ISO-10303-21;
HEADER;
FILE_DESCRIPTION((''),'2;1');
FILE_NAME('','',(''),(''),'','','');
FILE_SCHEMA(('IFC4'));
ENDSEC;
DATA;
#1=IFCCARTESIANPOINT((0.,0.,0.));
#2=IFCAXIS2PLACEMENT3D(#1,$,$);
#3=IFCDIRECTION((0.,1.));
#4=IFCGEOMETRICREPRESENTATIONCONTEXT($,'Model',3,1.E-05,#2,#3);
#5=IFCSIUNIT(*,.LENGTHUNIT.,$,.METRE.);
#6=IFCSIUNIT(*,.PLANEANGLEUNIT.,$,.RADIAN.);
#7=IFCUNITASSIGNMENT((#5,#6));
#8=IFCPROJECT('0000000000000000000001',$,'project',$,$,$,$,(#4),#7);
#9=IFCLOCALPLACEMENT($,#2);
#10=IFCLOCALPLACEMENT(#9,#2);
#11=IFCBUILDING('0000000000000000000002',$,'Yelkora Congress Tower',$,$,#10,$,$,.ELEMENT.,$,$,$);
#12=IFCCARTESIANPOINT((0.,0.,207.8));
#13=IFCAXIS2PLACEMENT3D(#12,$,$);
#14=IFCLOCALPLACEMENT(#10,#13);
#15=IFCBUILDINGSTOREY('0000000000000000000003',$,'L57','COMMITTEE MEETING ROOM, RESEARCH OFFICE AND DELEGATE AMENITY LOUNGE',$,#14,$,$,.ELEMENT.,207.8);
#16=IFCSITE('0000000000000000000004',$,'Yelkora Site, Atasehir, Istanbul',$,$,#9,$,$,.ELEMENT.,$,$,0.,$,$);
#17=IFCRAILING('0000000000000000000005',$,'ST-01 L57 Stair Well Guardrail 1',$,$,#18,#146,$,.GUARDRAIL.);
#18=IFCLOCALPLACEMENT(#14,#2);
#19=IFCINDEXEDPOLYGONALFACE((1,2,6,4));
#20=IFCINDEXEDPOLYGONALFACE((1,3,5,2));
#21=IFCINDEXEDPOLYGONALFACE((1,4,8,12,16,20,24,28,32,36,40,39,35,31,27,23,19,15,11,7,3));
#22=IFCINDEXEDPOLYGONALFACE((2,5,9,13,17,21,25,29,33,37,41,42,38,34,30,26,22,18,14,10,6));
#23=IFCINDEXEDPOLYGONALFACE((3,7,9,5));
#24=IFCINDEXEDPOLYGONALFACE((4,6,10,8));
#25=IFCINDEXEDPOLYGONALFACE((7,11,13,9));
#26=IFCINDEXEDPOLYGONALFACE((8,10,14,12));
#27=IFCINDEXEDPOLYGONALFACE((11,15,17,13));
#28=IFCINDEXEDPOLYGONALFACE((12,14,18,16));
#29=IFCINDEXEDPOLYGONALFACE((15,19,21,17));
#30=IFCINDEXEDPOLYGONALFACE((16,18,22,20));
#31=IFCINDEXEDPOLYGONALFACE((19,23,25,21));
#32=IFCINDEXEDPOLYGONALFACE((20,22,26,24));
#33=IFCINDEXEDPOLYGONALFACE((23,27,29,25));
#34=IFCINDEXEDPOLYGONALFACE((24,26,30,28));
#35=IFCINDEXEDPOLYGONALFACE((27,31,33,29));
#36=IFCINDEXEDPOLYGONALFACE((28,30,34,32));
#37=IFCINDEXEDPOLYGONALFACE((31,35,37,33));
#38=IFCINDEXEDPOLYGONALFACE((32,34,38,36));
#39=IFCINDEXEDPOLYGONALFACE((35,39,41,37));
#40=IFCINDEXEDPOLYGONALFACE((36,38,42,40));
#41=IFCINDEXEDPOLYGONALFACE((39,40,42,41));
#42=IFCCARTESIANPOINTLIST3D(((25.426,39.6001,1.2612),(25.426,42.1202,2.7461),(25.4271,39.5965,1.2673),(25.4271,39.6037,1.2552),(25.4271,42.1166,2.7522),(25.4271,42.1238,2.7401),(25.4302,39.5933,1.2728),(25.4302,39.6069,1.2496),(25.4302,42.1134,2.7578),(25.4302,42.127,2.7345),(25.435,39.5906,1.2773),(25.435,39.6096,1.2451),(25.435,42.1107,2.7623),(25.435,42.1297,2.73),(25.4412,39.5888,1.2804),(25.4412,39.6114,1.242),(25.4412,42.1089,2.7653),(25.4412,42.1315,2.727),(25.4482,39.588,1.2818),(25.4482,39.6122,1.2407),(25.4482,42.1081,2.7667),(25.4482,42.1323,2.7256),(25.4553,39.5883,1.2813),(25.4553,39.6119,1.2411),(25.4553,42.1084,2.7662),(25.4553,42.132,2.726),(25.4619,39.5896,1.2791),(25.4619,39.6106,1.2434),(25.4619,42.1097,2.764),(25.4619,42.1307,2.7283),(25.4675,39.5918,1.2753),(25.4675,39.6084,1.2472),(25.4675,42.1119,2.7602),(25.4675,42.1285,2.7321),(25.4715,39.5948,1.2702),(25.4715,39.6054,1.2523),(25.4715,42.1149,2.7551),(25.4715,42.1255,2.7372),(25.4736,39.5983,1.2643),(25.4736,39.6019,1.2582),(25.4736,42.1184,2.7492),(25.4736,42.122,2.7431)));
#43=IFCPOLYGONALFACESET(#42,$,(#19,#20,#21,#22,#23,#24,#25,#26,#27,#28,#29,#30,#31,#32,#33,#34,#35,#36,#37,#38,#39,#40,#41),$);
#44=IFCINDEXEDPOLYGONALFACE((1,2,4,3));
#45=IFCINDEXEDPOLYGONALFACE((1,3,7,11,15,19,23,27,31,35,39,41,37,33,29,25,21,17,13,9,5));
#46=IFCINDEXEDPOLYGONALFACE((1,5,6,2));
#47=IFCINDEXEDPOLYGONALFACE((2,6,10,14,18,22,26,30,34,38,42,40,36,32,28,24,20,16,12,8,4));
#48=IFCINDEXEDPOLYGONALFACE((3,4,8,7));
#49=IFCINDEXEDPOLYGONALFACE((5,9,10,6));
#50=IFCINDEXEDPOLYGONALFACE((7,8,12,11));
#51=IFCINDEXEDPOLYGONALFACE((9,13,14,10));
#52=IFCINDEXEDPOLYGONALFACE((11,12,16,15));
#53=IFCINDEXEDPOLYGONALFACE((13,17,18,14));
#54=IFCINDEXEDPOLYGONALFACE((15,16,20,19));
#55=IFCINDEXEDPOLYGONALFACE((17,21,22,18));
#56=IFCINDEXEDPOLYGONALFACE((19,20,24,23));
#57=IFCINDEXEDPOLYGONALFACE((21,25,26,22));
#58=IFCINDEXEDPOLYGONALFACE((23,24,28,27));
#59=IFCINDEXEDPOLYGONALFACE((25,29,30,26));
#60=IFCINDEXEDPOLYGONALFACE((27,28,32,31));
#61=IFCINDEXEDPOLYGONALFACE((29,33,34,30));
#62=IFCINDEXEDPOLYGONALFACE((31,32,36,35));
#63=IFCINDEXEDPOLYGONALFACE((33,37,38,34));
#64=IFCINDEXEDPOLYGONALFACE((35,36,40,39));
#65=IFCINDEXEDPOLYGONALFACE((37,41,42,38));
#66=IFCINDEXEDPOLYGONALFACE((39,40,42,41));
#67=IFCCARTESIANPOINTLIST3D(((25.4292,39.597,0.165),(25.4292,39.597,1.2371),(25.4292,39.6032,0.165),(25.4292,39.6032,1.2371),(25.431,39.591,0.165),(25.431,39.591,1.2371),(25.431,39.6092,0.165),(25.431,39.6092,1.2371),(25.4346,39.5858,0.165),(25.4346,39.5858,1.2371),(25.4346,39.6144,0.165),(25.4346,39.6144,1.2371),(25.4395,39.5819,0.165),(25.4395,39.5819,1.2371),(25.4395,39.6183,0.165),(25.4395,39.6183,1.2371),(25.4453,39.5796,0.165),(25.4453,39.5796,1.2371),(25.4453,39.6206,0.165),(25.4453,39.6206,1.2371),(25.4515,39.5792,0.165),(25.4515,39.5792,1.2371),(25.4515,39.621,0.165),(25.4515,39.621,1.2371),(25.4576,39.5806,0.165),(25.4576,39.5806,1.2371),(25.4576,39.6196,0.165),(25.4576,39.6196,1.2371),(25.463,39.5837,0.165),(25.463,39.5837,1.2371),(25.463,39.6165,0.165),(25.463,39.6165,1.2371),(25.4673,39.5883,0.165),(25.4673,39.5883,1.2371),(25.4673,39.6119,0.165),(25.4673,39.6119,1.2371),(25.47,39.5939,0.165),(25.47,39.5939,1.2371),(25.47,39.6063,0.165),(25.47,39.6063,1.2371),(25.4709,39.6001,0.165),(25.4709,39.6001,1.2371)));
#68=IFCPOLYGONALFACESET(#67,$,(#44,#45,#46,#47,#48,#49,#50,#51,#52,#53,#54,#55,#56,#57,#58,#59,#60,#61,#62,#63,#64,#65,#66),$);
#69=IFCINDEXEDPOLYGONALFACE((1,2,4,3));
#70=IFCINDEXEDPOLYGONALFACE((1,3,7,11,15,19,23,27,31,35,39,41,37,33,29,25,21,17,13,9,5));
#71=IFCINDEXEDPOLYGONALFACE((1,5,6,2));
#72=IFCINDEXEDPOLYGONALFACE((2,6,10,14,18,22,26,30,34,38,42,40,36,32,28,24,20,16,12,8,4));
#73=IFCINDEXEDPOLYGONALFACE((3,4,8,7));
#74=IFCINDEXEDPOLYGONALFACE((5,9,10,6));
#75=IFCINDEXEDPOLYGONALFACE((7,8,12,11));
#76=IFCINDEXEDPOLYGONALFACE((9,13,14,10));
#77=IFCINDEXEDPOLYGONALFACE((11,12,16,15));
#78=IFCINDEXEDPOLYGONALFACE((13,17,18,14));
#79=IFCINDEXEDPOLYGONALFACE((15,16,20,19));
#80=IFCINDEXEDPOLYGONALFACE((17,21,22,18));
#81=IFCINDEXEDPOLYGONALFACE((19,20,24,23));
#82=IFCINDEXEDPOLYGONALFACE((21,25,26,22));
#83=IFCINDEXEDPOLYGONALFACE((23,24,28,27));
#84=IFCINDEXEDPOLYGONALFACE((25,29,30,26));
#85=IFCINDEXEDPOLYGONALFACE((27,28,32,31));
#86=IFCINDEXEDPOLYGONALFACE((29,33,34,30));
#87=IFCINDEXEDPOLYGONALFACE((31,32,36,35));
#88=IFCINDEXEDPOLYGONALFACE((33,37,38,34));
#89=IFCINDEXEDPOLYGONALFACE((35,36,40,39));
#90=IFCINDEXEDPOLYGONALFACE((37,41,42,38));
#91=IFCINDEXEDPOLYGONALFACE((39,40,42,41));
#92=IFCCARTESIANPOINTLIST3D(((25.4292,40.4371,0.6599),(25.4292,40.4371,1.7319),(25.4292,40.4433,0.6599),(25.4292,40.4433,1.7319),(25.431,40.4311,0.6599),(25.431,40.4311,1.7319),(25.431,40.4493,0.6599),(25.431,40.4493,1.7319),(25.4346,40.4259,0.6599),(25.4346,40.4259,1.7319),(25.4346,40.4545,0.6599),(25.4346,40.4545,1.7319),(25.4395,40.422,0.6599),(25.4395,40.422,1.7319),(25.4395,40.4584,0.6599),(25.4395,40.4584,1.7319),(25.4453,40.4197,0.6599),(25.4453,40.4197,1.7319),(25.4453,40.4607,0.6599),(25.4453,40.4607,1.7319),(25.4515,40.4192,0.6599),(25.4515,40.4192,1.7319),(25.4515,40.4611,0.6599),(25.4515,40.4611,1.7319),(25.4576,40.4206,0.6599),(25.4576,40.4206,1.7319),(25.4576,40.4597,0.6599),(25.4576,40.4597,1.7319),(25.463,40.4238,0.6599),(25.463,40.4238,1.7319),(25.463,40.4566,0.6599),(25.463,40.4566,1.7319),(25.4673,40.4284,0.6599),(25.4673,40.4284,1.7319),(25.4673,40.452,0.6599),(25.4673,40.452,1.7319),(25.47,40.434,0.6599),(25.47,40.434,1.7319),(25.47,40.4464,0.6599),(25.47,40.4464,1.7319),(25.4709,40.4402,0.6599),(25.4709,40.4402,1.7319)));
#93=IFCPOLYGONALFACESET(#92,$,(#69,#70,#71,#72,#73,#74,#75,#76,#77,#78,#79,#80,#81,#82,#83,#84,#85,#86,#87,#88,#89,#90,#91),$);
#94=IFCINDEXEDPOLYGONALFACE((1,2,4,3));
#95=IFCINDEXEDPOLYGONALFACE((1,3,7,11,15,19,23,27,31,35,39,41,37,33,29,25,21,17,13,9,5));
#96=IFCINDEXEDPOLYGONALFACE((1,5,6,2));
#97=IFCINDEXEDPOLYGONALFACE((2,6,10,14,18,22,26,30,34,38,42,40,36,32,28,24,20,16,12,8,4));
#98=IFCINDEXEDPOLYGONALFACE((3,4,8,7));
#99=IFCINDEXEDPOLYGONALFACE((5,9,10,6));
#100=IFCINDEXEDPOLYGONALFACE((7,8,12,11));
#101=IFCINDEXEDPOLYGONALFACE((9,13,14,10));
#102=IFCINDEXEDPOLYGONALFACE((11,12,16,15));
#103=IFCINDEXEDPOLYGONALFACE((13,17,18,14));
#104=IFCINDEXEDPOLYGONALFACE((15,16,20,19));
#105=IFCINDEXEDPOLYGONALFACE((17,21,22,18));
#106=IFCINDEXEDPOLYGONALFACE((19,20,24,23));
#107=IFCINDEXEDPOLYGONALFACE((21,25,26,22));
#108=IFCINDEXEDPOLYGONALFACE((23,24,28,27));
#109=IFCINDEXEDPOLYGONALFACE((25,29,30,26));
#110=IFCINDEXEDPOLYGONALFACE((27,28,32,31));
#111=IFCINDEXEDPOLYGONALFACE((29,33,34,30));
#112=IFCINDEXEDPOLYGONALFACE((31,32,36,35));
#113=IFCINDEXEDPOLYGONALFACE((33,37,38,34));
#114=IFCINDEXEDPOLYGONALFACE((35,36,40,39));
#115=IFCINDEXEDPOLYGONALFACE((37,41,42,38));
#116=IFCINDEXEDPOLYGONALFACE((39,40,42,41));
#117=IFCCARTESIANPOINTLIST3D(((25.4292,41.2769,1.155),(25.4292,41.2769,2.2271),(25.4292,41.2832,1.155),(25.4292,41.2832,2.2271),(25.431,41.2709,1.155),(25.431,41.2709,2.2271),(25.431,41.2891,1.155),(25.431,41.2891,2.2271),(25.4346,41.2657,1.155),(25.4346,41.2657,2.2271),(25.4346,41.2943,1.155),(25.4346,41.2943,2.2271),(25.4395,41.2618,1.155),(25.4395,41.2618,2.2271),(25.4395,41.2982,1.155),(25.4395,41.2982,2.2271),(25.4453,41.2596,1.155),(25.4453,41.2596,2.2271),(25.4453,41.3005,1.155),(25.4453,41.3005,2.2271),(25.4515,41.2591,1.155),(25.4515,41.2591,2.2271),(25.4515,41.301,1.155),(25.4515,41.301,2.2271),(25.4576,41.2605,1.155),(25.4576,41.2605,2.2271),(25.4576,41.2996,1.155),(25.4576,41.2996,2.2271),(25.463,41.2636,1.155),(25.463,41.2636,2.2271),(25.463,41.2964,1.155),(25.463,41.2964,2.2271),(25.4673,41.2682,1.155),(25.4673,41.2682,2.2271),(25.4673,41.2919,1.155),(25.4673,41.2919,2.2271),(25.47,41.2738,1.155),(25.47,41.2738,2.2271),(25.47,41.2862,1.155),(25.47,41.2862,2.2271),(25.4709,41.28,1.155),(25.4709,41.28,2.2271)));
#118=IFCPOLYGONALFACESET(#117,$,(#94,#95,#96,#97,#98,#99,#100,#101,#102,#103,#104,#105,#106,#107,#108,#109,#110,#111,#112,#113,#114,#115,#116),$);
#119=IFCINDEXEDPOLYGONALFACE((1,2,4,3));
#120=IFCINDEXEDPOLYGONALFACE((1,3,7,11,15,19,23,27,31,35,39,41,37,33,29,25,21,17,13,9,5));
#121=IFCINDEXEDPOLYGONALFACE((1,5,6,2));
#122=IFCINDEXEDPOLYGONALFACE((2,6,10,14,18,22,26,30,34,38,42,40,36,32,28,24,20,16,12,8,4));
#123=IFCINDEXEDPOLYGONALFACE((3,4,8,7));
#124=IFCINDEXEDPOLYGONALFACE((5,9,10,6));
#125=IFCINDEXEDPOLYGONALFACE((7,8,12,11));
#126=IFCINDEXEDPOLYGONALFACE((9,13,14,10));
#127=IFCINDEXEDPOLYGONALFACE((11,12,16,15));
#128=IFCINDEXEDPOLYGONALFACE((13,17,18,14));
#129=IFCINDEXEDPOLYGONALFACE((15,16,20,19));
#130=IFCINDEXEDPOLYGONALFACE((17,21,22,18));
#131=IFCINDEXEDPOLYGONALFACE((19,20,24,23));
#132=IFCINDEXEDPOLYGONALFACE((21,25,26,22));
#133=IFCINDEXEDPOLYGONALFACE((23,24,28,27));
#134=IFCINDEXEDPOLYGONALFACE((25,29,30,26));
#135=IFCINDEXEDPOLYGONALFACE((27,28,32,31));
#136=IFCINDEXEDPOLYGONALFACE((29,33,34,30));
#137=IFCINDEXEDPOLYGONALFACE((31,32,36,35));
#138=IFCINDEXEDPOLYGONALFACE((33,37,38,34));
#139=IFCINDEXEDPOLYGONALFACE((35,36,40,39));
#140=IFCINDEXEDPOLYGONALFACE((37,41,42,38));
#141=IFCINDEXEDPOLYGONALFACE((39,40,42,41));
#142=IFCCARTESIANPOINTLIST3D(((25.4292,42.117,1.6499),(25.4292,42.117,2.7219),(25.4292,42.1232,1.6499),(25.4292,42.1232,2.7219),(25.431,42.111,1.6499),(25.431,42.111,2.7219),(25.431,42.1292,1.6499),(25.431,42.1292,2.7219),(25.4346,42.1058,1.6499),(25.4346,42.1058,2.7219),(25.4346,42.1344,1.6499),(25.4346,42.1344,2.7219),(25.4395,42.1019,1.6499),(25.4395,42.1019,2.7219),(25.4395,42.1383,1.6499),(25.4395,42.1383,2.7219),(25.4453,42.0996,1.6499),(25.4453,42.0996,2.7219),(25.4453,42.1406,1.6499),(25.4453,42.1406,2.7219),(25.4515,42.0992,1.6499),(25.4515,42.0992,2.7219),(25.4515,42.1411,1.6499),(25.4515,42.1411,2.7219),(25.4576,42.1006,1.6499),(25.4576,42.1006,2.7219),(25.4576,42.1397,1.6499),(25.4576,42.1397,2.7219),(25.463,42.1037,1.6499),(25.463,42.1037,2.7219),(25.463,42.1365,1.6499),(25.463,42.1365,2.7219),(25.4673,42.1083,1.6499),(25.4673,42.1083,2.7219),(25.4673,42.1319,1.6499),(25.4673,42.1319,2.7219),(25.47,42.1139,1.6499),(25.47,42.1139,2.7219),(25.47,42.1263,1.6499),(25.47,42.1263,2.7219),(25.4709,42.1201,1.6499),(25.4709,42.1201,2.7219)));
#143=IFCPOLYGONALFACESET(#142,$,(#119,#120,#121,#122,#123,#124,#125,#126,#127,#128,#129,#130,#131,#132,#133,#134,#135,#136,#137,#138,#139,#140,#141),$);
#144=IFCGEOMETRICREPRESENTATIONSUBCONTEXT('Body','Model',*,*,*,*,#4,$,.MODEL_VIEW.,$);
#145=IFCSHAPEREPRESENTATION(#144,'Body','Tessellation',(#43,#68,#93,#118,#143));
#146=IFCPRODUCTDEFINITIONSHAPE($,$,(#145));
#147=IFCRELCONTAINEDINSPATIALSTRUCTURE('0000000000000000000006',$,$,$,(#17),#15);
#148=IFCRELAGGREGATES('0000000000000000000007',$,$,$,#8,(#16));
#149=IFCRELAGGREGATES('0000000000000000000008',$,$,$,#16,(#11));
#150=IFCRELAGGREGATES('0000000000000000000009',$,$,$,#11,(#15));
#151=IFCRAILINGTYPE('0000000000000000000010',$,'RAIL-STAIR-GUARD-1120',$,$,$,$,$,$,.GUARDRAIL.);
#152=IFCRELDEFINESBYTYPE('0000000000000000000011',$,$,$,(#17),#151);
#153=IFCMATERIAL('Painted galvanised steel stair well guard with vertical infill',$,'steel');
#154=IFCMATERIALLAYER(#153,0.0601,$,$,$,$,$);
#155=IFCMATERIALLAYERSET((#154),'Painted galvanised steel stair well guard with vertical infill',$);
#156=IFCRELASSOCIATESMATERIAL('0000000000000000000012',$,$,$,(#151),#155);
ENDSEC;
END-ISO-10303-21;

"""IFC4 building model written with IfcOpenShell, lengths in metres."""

from ifc_helpers import new_model, si_unit, direction, frame, origin, origin_2d, place, context, subcontext, project, spatial, circle, extrude, material, layer, layer_set, type_object, element, save


model = new_model("IFC4")

# Units and contexts
model_context = context("Model", 3, precision=1e-05, world=origin(), true_north=direction((0.0, 1.0)))
body_context = subcontext(model_context, "Body", "Model", "MODEL_VIEW")
ifc_project = project(units=[si_unit("LENGTHUNIT", "METRE"), si_unit("PLANEANGLEUNIT", "RADIAN")], contexts=[model_context])

# Site, building, storey
site_placement = place(None, origin())
site = spatial("IfcSite", under=ifc_project, at=site_placement, Name="Yelkora Site, Atasehir, Istanbul", CompositionType="ELEMENT", RefElevation=0.0)
building_placement = place(site_placement, origin())
building = spatial("IfcBuilding", under=site, at=building_placement, Name="Yelkora Congress Tower", CompositionType="ELEMENT")
storey_placement = place(building_placement, frame((0.0, 0.0, 207.8)))
storey = spatial("IfcBuildingStorey", under=building, at=storey_placement, Name="L57", Description="COMMITTEE MEETING ROOM, RESEARCH OFFICE AND DELEGATE AMENITY LOUNGE", CompositionType="ELEMENT", Elevation=207.8)

# Railing
ifc_material_1 = material(Name="Painted galvanised steel stair well guard with vertical infill", Category="steel")
ifc_layer_1 = layer(ifc_material_1, 0.0601)
ifc_layer_set_1 = layer_set([ifc_layer_1], Name="Painted galvanised steel stair well guard with vertical infill")
railing_type_1 = type_object("IfcRailingType", Name="RAIL-STAIR-GUARD-1120", PredefinedType="GUARDRAIL", material=ifc_layer_set_1)
railing_1_placement = place(storey_placement, frame((25.45, 39.6001, 0.165)))
element("IfcRailing", 1, at=railing_1_placement, inside=storey, type_object=railing_type_1, Name="ST-01 L57 Stair Well Guardrail 1", PredefinedType="GUARDRAIL", context=body_context, shape_type="SweptSolid", body=[
    extrude(circle(Radius=0.0239, at=origin_2d()), frame((0.0, 0.0, 1.0962), z_axis=(0.0, 0.861561, 0.507655), x_axis=(-1.0, 0.0, 0.0)), (0.0, 0.0, 1.0), 2.925),
    extrude(circle(Radius=0.021, at=origin_2d()), origin(), (0.0, 0.0, 1.0), 1.072),
    extrude(circle(Radius=0.021, at=origin_2d()), frame((0.0, 0.8401, 0.4949)), (0.0, 0.0, 1.0), 1.072),
    extrude(circle(Radius=0.021, at=origin_2d()), frame((0.0, 1.6799, 0.99)), (0.0, 0.0, 1.0), 1.072),
    extrude(circle(Radius=0.021, at=origin_2d()), frame((0.0, 2.52, 1.4849)), (0.0, 0.0, 1.0), 1.072),
])

save(model, "model.ifc")
